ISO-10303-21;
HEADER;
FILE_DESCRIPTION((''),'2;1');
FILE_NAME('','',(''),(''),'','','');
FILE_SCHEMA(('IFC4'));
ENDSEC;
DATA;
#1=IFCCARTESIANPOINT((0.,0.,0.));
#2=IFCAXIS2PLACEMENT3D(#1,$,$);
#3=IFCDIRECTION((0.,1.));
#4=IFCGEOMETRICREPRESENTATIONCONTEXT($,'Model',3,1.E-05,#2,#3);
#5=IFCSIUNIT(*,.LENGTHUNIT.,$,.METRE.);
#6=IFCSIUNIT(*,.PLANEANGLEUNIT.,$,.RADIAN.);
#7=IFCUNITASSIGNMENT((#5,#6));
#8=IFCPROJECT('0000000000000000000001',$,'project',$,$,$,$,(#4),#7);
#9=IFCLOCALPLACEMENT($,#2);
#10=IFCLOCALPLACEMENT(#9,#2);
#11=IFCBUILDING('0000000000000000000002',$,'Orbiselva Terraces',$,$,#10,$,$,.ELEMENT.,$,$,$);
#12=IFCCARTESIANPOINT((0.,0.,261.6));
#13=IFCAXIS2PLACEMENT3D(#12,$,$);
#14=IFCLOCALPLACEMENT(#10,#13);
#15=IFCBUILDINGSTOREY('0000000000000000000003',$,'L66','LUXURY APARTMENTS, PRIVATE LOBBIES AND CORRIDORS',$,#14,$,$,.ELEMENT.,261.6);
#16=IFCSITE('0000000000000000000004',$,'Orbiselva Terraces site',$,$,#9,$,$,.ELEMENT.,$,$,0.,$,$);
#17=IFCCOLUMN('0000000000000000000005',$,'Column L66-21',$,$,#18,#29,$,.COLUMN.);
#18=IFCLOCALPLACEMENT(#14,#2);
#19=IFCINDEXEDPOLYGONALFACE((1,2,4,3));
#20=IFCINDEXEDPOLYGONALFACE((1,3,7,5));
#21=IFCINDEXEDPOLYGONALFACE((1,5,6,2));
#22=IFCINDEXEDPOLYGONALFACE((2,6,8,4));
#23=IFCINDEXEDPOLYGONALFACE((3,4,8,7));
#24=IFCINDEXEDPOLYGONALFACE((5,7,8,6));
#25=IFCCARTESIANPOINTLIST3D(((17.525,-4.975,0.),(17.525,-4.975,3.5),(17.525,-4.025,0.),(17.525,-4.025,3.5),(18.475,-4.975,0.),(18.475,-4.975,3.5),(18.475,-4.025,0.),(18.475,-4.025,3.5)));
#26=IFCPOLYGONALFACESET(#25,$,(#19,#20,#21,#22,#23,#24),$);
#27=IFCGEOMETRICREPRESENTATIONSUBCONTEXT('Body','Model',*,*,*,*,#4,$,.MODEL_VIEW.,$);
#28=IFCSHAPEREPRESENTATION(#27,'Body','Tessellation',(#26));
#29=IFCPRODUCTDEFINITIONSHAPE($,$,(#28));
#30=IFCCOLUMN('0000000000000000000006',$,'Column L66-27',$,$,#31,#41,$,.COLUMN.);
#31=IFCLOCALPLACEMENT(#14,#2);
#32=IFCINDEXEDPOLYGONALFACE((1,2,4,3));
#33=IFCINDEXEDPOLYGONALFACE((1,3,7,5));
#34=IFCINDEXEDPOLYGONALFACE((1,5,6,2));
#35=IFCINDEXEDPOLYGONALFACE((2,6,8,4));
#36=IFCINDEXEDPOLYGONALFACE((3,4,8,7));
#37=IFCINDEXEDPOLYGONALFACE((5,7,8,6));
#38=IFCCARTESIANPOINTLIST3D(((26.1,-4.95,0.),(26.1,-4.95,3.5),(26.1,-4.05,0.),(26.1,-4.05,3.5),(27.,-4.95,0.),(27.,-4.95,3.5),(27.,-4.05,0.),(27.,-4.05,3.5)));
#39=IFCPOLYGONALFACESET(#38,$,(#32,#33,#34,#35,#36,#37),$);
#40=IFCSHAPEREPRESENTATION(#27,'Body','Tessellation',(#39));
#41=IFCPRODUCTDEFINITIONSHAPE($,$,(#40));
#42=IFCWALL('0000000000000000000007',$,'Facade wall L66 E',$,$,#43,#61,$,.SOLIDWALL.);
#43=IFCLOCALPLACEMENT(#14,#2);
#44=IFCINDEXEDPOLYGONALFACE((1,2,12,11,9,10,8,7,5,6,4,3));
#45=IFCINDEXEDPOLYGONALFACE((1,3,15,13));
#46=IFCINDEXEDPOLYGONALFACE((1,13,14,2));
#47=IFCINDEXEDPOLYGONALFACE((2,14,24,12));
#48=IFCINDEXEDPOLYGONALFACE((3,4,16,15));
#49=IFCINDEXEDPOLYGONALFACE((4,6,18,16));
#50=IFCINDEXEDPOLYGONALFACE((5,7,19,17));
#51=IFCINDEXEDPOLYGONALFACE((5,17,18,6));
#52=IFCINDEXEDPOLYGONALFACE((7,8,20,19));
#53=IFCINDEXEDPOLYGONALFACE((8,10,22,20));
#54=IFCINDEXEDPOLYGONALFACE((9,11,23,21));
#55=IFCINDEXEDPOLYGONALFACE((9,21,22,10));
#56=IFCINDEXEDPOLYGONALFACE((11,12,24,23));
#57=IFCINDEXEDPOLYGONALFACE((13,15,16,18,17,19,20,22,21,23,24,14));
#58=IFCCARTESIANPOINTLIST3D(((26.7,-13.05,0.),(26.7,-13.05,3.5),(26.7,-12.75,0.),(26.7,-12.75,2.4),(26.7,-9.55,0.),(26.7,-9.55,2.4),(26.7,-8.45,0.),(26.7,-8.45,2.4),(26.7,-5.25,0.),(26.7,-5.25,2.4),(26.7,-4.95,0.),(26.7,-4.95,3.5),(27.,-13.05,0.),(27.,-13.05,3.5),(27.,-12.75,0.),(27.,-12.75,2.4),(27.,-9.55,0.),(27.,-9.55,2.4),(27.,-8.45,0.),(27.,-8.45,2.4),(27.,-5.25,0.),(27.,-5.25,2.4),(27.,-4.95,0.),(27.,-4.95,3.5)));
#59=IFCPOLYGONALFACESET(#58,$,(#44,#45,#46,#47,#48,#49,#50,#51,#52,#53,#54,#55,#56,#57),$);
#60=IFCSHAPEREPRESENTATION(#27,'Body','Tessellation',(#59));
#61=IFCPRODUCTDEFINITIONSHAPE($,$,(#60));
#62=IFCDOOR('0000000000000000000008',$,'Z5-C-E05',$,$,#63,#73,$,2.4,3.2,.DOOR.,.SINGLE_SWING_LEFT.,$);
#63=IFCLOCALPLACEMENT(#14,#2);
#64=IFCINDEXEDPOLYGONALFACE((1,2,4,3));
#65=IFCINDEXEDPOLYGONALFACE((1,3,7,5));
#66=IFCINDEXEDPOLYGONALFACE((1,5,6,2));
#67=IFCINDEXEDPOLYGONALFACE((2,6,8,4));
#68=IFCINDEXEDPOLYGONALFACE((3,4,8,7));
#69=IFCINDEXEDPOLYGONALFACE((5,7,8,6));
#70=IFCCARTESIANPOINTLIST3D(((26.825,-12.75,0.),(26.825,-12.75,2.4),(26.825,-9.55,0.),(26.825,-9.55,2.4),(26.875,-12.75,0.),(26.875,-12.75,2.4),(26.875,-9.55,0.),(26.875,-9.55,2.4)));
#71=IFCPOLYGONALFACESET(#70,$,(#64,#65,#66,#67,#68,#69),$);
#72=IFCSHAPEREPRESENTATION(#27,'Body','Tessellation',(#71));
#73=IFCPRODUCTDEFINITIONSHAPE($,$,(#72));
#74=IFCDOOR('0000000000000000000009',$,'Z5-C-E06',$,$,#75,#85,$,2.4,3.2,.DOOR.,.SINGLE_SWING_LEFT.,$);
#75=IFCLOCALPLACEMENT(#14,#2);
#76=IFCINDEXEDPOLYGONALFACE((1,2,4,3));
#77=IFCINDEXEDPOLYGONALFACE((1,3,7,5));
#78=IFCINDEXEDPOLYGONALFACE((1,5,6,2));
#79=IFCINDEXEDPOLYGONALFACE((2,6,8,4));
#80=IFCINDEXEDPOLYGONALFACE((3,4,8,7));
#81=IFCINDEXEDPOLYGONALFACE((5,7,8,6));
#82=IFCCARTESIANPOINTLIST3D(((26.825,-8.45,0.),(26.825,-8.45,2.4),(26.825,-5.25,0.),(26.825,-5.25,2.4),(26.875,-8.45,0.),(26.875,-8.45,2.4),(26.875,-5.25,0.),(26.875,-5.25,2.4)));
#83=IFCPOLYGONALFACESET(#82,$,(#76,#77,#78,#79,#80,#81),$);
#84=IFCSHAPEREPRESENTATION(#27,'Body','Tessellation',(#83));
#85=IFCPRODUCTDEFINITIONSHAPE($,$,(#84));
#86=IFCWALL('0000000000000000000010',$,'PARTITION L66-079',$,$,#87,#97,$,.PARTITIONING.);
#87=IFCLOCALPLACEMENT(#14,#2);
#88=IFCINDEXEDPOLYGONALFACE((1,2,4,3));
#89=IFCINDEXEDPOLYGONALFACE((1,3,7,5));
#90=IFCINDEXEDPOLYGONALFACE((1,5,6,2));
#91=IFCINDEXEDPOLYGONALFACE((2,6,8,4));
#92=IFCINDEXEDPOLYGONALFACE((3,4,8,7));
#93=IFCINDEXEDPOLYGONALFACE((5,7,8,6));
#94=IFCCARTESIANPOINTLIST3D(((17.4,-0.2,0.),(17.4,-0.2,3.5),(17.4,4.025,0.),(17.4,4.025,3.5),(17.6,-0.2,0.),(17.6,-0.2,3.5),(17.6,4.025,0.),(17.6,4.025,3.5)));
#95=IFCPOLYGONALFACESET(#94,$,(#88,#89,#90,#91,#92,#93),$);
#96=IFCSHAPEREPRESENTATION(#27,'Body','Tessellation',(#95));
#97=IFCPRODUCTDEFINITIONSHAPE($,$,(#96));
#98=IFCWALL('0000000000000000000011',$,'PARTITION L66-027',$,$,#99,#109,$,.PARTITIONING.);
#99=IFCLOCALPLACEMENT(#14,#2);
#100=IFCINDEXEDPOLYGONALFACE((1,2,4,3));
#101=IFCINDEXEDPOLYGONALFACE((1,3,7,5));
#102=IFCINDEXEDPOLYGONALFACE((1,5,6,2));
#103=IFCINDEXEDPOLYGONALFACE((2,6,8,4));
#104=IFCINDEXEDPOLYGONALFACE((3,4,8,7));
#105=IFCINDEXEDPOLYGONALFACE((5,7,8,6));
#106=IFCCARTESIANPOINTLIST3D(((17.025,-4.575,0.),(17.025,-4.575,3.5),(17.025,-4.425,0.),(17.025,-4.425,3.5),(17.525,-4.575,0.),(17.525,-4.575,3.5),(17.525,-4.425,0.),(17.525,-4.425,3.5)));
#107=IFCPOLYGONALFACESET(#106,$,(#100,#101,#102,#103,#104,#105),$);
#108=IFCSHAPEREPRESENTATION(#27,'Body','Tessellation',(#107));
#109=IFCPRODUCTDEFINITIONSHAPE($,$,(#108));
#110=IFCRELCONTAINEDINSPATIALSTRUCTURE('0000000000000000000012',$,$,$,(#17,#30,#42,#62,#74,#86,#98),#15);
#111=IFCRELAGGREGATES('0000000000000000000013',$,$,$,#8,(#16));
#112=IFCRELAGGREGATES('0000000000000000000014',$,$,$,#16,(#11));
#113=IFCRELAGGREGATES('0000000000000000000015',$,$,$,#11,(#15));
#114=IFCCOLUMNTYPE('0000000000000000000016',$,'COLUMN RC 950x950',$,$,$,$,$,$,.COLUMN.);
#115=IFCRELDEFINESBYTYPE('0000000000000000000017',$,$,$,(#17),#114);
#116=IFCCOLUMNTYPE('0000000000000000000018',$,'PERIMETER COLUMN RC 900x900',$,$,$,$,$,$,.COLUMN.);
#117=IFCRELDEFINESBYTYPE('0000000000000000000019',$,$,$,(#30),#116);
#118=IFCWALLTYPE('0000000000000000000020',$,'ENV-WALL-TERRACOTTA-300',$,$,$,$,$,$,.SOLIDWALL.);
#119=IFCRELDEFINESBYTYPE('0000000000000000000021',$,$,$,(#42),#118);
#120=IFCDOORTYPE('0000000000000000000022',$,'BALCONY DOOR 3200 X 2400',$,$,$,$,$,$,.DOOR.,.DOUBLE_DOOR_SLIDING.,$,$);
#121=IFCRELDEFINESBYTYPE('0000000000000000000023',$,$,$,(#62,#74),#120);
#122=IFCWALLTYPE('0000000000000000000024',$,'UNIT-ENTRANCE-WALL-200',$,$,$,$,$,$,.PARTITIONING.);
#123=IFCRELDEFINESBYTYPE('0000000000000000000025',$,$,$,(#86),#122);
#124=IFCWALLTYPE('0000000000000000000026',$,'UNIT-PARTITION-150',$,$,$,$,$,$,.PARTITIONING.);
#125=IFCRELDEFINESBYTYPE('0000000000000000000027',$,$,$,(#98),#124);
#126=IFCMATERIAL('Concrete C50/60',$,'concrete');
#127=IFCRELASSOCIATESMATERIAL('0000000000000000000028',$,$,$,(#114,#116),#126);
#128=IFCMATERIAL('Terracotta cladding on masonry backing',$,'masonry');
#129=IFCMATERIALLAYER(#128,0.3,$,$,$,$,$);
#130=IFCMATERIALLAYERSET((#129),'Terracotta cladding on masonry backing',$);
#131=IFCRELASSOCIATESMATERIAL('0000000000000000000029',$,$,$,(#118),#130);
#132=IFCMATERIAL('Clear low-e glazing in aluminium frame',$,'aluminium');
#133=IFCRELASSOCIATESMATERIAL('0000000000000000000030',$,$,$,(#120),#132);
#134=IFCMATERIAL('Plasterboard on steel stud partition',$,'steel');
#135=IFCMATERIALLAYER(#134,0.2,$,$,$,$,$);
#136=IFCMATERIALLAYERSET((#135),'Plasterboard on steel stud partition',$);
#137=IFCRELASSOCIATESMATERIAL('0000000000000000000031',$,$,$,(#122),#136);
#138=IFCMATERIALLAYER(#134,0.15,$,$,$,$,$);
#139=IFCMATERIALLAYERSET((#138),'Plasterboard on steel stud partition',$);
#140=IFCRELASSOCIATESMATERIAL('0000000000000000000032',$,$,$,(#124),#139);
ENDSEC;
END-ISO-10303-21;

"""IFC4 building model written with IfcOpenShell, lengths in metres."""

from ifc_helpers import new_model, si_unit, direction, frame, frame_2d, origin, origin_2d, place, context, subcontext, project, spatial, rectangle, extrude, material, layer, layer_set, material_profile, profile_set, type_object, element, fill, save


model = new_model("IFC4")

# Units and contexts
model_context = context("Model", 3, precision=1e-05, world=origin(), true_north=direction((0.0, 1.0)))
body_context = subcontext(model_context, "Body", "Model", "MODEL_VIEW")
ifc_project = project(units=[si_unit("LENGTHUNIT", "METRE"), si_unit("PLANEANGLEUNIT", "RADIAN")], contexts=[model_context])

# Site, building, storey
site_placement = place(None, origin())
site = spatial("IfcSite", under=ifc_project, at=site_placement, Name="Orbiselva Terraces site", CompositionType="ELEMENT", RefElevation=0.0)
building_placement = place(site_placement, origin())
building = spatial("IfcBuilding", under=site, at=building_placement, Name="Orbiselva Terraces", CompositionType="ELEMENT")
storey_placement = place(building_placement, frame((0.0, 0.0, 261.6)))
storey = spatial("IfcBuildingStorey", under=building, at=storey_placement, Name="L66", Description="LUXURY APARTMENTS, PRIVATE LOBBIES AND CORRIDORS", CompositionType="ELEMENT", Elevation=261.6)

# Columns
ifc_material_1 = material(Name="Concrete C50/60", Category="concrete")
ifc_material_profile_1 = material_profile(ifc_material_1, rectangle(XDim=0.95, YDim=0.95, at=origin_2d()), Name="RC 950x950")
ifc_profile_set_1 = profile_set([ifc_material_profile_1], Name="Concrete C50/60")
column_type_1 = type_object("IfcColumnType", Name="COLUMN RC 950x950", PredefinedType="COLUMN", material=ifc_profile_set_1)
column_1_placement = place(storey_placement, frame((18.0, -4.5, 0.0), z_axis=(0.0, 0.0, 1.0), x_axis=(1.0, 0.0, 0.0)))
element("IfcColumn", 1, at=column_1_placement, inside=storey, type_object=column_type_1, Name="Column L66-21", PredefinedType="COLUMN", context=body_context, shape_type="SweptSolid", body=[
    extrude(rectangle(XDim=0.95, YDim=0.95, at=origin_2d()), origin(), (0.0, 0.0, 1.0), 3.5),
])
ifc_material_profile_2 = material_profile(ifc_material_1, rectangle(XDim=0.9, YDim=0.9, at=origin_2d()), Name="RC 900x900")
ifc_profile_set_2 = profile_set([ifc_material_profile_2], Name="Concrete C50/60")
column_type_2 = type_object("IfcColumnType", Name="PERIMETER COLUMN RC 900x900", PredefinedType="COLUMN", material=ifc_profile_set_2)
column_2_placement = place(storey_placement, frame((26.55, -4.5, 0.0), z_axis=(0.0, 0.0, 1.0), x_axis=(1.0, 0.0, 0.0)))
element("IfcColumn", 2, at=column_2_placement, inside=storey, type_object=column_type_2, Name="Column L66-27", PredefinedType="COLUMN", context=body_context, shape_type="SweptSolid", body=[
    extrude(rectangle(XDim=0.9, YDim=0.9, at=origin_2d()), origin(), (0.0, 0.0, 1.0), 3.5),
])

# Wall, openings, doors
ifc_material_2 = material(Name="Terracotta cladding on masonry backing", Category="masonry")
ifc_layer_1 = layer(ifc_material_2, 0.3)
ifc_layer_set_1 = layer_set([ifc_layer_1], Name="Terracotta cladding on masonry backing")
wall_type_1 = type_object("IfcWallType", Name="ENV-WALL-TERRACOTTA-300", PredefinedType="SOLIDWALL", material=ifc_layer_set_1)
wall_1_placement = place(storey_placement, frame((26.85, -4.95, 0.0), z_axis=(0.0, 0.0, 1.0), x_axis=(0.0, -1.0, 0.0)))
wall_1 = element("IfcWall", 3, at=wall_1_placement, inside=storey, type_object=wall_type_1, Name="Facade wall L66 E", PredefinedType="SOLIDWALL", context=body_context, shape_type="SweptSolid", body=[
    extrude(rectangle(XDim=8.1, YDim=0.3, at=frame_2d((4.05, 0.0))), origin(), (0.0, 0.0, 1.0), 3.5),
])
opening_1_placement = place(wall_1_placement, frame((4.6, 0.0, 0.0)))
opening_1 = element("IfcOpeningElement", 4, at=opening_1_placement, cuts=wall_1, PredefinedType="OPENING", context=body_context, shape_type="SweptSolid", body=[
    extrude(rectangle(XDim=3.2, YDim=2.4, at=frame_2d((1.6, 1.2))), frame((0.0, 0.16, 0.0), z_axis=(0.0, -1.0, 0.0), x_axis=(1.0, 0.0, 0.0)), (0.0, 0.0, 1.0), 0.32),
])
opening_2_placement = place(wall_1_placement, frame((0.3, 0.0, 0.0)))
opening_2 = element("IfcOpeningElement", 5, at=opening_2_placement, cuts=wall_1, PredefinedType="OPENING", context=body_context, shape_type="SweptSolid", body=[
    extrude(rectangle(XDim=3.2, YDim=2.4, at=frame_2d((1.6, 1.2))), frame((0.0, 0.16, 0.0), z_axis=(0.0, -1.0, 0.0), x_axis=(1.0, 0.0, 0.0)), (0.0, 0.0, 1.0), 0.32),
])
ifc_material_3 = material(Name="Clear low-e glazing in aluminium frame", Category="aluminium")
door_type_1 = type_object("IfcDoorType", Name="BALCONY DOOR 3200 X 2400", OperationType="DOUBLE_DOOR_SLIDING", PredefinedType="DOOR", material=ifc_material_3)
door_1_placement = place(opening_1_placement, origin())
door_1 = element("IfcDoor", 6, at=door_1_placement, inside=storey, type_object=door_type_1, Name="Z5-C-E05", OperationType="SINGLE_SWING_LEFT", OverallHeight=2.4, OverallWidth=3.2, PredefinedType="DOOR", context=body_context, shape_type="SweptSolid", body=[
    extrude(rectangle(XDim=3.2, YDim=2.4, at=frame_2d((1.6, 1.2))), frame((0.0, 0.025, 0.0), z_axis=(0.0, -1.0, 0.0), x_axis=(1.0, 0.0, 0.0)), (0.0, 0.0, 1.0), 0.05),
])
fill(opening_1, door_1)
door_2_placement = place(opening_2_placement, origin())
door_2 = element("IfcDoor", 7, at=door_2_placement, inside=storey, type_object=door_type_1, Name="Z5-C-E06", OperationType="SINGLE_SWING_LEFT", OverallHeight=2.4, OverallWidth=3.2, PredefinedType="DOOR", context=body_context, shape_type="SweptSolid", body=[
    extrude(rectangle(XDim=3.2, YDim=2.4, at=frame_2d((1.6, 1.2))), frame((0.0, 0.025, 0.0), z_axis=(0.0, -1.0, 0.0), x_axis=(1.0, 0.0, 0.0)), (0.0, 0.0, 1.0), 0.05),
])
fill(opening_2, door_2)

# Walls
ifc_material_4 = material(Name="Plasterboard on steel stud partition", Category="steel")
ifc_layer_2 = layer(ifc_material_4, 0.2)
ifc_layer_set_2 = layer_set([ifc_layer_2], Name="Plasterboard on steel stud partition")
wall_type_2 = type_object("IfcWallType", Name="UNIT-ENTRANCE-WALL-200", PredefinedType="PARTITIONING", material=ifc_layer_set_2)
wall_2_placement = place(storey_placement, frame((17.5, -0.2, 0.0), z_axis=(0.0, 0.0, 1.0), x_axis=(0.0, 1.0, 0.0)))
element("IfcWall", 8, at=wall_2_placement, inside=storey, type_object=wall_type_2, Name="PARTITION L66-079", PredefinedType="PARTITIONING", context=body_context, shape_type="SweptSolid", body=[
    extrude(rectangle(XDim=4.225, YDim=0.2, at=frame_2d((2.1125, 0.0))), origin(), (0.0, 0.0, 1.0), 3.5),
])
ifc_layer_3 = layer(ifc_material_4, 0.15)
ifc_layer_set_3 = layer_set([ifc_layer_3], Name="Plasterboard on steel stud partition")
wall_type_3 = type_object("IfcWallType", Name="UNIT-PARTITION-150", PredefinedType="PARTITIONING", material=ifc_layer_set_3)
wall_3_placement = place(storey_placement, frame((17.025, -4.5, 0.0), z_axis=(0.0, 0.0, 1.0), x_axis=(1.0, 0.0, 0.0)))
element("IfcWall", 9, at=wall_3_placement, inside=storey, type_object=wall_type_3, Name="PARTITION L66-027", PredefinedType="PARTITIONING", context=body_context, shape_type="SweptSolid", body=[
    extrude(rectangle(XDim=0.5, YDim=0.15, at=frame_2d((0.25, 0.0))), origin(), (0.0, 0.0, 1.0), 3.5),
])

save(model, "model.ifc")
